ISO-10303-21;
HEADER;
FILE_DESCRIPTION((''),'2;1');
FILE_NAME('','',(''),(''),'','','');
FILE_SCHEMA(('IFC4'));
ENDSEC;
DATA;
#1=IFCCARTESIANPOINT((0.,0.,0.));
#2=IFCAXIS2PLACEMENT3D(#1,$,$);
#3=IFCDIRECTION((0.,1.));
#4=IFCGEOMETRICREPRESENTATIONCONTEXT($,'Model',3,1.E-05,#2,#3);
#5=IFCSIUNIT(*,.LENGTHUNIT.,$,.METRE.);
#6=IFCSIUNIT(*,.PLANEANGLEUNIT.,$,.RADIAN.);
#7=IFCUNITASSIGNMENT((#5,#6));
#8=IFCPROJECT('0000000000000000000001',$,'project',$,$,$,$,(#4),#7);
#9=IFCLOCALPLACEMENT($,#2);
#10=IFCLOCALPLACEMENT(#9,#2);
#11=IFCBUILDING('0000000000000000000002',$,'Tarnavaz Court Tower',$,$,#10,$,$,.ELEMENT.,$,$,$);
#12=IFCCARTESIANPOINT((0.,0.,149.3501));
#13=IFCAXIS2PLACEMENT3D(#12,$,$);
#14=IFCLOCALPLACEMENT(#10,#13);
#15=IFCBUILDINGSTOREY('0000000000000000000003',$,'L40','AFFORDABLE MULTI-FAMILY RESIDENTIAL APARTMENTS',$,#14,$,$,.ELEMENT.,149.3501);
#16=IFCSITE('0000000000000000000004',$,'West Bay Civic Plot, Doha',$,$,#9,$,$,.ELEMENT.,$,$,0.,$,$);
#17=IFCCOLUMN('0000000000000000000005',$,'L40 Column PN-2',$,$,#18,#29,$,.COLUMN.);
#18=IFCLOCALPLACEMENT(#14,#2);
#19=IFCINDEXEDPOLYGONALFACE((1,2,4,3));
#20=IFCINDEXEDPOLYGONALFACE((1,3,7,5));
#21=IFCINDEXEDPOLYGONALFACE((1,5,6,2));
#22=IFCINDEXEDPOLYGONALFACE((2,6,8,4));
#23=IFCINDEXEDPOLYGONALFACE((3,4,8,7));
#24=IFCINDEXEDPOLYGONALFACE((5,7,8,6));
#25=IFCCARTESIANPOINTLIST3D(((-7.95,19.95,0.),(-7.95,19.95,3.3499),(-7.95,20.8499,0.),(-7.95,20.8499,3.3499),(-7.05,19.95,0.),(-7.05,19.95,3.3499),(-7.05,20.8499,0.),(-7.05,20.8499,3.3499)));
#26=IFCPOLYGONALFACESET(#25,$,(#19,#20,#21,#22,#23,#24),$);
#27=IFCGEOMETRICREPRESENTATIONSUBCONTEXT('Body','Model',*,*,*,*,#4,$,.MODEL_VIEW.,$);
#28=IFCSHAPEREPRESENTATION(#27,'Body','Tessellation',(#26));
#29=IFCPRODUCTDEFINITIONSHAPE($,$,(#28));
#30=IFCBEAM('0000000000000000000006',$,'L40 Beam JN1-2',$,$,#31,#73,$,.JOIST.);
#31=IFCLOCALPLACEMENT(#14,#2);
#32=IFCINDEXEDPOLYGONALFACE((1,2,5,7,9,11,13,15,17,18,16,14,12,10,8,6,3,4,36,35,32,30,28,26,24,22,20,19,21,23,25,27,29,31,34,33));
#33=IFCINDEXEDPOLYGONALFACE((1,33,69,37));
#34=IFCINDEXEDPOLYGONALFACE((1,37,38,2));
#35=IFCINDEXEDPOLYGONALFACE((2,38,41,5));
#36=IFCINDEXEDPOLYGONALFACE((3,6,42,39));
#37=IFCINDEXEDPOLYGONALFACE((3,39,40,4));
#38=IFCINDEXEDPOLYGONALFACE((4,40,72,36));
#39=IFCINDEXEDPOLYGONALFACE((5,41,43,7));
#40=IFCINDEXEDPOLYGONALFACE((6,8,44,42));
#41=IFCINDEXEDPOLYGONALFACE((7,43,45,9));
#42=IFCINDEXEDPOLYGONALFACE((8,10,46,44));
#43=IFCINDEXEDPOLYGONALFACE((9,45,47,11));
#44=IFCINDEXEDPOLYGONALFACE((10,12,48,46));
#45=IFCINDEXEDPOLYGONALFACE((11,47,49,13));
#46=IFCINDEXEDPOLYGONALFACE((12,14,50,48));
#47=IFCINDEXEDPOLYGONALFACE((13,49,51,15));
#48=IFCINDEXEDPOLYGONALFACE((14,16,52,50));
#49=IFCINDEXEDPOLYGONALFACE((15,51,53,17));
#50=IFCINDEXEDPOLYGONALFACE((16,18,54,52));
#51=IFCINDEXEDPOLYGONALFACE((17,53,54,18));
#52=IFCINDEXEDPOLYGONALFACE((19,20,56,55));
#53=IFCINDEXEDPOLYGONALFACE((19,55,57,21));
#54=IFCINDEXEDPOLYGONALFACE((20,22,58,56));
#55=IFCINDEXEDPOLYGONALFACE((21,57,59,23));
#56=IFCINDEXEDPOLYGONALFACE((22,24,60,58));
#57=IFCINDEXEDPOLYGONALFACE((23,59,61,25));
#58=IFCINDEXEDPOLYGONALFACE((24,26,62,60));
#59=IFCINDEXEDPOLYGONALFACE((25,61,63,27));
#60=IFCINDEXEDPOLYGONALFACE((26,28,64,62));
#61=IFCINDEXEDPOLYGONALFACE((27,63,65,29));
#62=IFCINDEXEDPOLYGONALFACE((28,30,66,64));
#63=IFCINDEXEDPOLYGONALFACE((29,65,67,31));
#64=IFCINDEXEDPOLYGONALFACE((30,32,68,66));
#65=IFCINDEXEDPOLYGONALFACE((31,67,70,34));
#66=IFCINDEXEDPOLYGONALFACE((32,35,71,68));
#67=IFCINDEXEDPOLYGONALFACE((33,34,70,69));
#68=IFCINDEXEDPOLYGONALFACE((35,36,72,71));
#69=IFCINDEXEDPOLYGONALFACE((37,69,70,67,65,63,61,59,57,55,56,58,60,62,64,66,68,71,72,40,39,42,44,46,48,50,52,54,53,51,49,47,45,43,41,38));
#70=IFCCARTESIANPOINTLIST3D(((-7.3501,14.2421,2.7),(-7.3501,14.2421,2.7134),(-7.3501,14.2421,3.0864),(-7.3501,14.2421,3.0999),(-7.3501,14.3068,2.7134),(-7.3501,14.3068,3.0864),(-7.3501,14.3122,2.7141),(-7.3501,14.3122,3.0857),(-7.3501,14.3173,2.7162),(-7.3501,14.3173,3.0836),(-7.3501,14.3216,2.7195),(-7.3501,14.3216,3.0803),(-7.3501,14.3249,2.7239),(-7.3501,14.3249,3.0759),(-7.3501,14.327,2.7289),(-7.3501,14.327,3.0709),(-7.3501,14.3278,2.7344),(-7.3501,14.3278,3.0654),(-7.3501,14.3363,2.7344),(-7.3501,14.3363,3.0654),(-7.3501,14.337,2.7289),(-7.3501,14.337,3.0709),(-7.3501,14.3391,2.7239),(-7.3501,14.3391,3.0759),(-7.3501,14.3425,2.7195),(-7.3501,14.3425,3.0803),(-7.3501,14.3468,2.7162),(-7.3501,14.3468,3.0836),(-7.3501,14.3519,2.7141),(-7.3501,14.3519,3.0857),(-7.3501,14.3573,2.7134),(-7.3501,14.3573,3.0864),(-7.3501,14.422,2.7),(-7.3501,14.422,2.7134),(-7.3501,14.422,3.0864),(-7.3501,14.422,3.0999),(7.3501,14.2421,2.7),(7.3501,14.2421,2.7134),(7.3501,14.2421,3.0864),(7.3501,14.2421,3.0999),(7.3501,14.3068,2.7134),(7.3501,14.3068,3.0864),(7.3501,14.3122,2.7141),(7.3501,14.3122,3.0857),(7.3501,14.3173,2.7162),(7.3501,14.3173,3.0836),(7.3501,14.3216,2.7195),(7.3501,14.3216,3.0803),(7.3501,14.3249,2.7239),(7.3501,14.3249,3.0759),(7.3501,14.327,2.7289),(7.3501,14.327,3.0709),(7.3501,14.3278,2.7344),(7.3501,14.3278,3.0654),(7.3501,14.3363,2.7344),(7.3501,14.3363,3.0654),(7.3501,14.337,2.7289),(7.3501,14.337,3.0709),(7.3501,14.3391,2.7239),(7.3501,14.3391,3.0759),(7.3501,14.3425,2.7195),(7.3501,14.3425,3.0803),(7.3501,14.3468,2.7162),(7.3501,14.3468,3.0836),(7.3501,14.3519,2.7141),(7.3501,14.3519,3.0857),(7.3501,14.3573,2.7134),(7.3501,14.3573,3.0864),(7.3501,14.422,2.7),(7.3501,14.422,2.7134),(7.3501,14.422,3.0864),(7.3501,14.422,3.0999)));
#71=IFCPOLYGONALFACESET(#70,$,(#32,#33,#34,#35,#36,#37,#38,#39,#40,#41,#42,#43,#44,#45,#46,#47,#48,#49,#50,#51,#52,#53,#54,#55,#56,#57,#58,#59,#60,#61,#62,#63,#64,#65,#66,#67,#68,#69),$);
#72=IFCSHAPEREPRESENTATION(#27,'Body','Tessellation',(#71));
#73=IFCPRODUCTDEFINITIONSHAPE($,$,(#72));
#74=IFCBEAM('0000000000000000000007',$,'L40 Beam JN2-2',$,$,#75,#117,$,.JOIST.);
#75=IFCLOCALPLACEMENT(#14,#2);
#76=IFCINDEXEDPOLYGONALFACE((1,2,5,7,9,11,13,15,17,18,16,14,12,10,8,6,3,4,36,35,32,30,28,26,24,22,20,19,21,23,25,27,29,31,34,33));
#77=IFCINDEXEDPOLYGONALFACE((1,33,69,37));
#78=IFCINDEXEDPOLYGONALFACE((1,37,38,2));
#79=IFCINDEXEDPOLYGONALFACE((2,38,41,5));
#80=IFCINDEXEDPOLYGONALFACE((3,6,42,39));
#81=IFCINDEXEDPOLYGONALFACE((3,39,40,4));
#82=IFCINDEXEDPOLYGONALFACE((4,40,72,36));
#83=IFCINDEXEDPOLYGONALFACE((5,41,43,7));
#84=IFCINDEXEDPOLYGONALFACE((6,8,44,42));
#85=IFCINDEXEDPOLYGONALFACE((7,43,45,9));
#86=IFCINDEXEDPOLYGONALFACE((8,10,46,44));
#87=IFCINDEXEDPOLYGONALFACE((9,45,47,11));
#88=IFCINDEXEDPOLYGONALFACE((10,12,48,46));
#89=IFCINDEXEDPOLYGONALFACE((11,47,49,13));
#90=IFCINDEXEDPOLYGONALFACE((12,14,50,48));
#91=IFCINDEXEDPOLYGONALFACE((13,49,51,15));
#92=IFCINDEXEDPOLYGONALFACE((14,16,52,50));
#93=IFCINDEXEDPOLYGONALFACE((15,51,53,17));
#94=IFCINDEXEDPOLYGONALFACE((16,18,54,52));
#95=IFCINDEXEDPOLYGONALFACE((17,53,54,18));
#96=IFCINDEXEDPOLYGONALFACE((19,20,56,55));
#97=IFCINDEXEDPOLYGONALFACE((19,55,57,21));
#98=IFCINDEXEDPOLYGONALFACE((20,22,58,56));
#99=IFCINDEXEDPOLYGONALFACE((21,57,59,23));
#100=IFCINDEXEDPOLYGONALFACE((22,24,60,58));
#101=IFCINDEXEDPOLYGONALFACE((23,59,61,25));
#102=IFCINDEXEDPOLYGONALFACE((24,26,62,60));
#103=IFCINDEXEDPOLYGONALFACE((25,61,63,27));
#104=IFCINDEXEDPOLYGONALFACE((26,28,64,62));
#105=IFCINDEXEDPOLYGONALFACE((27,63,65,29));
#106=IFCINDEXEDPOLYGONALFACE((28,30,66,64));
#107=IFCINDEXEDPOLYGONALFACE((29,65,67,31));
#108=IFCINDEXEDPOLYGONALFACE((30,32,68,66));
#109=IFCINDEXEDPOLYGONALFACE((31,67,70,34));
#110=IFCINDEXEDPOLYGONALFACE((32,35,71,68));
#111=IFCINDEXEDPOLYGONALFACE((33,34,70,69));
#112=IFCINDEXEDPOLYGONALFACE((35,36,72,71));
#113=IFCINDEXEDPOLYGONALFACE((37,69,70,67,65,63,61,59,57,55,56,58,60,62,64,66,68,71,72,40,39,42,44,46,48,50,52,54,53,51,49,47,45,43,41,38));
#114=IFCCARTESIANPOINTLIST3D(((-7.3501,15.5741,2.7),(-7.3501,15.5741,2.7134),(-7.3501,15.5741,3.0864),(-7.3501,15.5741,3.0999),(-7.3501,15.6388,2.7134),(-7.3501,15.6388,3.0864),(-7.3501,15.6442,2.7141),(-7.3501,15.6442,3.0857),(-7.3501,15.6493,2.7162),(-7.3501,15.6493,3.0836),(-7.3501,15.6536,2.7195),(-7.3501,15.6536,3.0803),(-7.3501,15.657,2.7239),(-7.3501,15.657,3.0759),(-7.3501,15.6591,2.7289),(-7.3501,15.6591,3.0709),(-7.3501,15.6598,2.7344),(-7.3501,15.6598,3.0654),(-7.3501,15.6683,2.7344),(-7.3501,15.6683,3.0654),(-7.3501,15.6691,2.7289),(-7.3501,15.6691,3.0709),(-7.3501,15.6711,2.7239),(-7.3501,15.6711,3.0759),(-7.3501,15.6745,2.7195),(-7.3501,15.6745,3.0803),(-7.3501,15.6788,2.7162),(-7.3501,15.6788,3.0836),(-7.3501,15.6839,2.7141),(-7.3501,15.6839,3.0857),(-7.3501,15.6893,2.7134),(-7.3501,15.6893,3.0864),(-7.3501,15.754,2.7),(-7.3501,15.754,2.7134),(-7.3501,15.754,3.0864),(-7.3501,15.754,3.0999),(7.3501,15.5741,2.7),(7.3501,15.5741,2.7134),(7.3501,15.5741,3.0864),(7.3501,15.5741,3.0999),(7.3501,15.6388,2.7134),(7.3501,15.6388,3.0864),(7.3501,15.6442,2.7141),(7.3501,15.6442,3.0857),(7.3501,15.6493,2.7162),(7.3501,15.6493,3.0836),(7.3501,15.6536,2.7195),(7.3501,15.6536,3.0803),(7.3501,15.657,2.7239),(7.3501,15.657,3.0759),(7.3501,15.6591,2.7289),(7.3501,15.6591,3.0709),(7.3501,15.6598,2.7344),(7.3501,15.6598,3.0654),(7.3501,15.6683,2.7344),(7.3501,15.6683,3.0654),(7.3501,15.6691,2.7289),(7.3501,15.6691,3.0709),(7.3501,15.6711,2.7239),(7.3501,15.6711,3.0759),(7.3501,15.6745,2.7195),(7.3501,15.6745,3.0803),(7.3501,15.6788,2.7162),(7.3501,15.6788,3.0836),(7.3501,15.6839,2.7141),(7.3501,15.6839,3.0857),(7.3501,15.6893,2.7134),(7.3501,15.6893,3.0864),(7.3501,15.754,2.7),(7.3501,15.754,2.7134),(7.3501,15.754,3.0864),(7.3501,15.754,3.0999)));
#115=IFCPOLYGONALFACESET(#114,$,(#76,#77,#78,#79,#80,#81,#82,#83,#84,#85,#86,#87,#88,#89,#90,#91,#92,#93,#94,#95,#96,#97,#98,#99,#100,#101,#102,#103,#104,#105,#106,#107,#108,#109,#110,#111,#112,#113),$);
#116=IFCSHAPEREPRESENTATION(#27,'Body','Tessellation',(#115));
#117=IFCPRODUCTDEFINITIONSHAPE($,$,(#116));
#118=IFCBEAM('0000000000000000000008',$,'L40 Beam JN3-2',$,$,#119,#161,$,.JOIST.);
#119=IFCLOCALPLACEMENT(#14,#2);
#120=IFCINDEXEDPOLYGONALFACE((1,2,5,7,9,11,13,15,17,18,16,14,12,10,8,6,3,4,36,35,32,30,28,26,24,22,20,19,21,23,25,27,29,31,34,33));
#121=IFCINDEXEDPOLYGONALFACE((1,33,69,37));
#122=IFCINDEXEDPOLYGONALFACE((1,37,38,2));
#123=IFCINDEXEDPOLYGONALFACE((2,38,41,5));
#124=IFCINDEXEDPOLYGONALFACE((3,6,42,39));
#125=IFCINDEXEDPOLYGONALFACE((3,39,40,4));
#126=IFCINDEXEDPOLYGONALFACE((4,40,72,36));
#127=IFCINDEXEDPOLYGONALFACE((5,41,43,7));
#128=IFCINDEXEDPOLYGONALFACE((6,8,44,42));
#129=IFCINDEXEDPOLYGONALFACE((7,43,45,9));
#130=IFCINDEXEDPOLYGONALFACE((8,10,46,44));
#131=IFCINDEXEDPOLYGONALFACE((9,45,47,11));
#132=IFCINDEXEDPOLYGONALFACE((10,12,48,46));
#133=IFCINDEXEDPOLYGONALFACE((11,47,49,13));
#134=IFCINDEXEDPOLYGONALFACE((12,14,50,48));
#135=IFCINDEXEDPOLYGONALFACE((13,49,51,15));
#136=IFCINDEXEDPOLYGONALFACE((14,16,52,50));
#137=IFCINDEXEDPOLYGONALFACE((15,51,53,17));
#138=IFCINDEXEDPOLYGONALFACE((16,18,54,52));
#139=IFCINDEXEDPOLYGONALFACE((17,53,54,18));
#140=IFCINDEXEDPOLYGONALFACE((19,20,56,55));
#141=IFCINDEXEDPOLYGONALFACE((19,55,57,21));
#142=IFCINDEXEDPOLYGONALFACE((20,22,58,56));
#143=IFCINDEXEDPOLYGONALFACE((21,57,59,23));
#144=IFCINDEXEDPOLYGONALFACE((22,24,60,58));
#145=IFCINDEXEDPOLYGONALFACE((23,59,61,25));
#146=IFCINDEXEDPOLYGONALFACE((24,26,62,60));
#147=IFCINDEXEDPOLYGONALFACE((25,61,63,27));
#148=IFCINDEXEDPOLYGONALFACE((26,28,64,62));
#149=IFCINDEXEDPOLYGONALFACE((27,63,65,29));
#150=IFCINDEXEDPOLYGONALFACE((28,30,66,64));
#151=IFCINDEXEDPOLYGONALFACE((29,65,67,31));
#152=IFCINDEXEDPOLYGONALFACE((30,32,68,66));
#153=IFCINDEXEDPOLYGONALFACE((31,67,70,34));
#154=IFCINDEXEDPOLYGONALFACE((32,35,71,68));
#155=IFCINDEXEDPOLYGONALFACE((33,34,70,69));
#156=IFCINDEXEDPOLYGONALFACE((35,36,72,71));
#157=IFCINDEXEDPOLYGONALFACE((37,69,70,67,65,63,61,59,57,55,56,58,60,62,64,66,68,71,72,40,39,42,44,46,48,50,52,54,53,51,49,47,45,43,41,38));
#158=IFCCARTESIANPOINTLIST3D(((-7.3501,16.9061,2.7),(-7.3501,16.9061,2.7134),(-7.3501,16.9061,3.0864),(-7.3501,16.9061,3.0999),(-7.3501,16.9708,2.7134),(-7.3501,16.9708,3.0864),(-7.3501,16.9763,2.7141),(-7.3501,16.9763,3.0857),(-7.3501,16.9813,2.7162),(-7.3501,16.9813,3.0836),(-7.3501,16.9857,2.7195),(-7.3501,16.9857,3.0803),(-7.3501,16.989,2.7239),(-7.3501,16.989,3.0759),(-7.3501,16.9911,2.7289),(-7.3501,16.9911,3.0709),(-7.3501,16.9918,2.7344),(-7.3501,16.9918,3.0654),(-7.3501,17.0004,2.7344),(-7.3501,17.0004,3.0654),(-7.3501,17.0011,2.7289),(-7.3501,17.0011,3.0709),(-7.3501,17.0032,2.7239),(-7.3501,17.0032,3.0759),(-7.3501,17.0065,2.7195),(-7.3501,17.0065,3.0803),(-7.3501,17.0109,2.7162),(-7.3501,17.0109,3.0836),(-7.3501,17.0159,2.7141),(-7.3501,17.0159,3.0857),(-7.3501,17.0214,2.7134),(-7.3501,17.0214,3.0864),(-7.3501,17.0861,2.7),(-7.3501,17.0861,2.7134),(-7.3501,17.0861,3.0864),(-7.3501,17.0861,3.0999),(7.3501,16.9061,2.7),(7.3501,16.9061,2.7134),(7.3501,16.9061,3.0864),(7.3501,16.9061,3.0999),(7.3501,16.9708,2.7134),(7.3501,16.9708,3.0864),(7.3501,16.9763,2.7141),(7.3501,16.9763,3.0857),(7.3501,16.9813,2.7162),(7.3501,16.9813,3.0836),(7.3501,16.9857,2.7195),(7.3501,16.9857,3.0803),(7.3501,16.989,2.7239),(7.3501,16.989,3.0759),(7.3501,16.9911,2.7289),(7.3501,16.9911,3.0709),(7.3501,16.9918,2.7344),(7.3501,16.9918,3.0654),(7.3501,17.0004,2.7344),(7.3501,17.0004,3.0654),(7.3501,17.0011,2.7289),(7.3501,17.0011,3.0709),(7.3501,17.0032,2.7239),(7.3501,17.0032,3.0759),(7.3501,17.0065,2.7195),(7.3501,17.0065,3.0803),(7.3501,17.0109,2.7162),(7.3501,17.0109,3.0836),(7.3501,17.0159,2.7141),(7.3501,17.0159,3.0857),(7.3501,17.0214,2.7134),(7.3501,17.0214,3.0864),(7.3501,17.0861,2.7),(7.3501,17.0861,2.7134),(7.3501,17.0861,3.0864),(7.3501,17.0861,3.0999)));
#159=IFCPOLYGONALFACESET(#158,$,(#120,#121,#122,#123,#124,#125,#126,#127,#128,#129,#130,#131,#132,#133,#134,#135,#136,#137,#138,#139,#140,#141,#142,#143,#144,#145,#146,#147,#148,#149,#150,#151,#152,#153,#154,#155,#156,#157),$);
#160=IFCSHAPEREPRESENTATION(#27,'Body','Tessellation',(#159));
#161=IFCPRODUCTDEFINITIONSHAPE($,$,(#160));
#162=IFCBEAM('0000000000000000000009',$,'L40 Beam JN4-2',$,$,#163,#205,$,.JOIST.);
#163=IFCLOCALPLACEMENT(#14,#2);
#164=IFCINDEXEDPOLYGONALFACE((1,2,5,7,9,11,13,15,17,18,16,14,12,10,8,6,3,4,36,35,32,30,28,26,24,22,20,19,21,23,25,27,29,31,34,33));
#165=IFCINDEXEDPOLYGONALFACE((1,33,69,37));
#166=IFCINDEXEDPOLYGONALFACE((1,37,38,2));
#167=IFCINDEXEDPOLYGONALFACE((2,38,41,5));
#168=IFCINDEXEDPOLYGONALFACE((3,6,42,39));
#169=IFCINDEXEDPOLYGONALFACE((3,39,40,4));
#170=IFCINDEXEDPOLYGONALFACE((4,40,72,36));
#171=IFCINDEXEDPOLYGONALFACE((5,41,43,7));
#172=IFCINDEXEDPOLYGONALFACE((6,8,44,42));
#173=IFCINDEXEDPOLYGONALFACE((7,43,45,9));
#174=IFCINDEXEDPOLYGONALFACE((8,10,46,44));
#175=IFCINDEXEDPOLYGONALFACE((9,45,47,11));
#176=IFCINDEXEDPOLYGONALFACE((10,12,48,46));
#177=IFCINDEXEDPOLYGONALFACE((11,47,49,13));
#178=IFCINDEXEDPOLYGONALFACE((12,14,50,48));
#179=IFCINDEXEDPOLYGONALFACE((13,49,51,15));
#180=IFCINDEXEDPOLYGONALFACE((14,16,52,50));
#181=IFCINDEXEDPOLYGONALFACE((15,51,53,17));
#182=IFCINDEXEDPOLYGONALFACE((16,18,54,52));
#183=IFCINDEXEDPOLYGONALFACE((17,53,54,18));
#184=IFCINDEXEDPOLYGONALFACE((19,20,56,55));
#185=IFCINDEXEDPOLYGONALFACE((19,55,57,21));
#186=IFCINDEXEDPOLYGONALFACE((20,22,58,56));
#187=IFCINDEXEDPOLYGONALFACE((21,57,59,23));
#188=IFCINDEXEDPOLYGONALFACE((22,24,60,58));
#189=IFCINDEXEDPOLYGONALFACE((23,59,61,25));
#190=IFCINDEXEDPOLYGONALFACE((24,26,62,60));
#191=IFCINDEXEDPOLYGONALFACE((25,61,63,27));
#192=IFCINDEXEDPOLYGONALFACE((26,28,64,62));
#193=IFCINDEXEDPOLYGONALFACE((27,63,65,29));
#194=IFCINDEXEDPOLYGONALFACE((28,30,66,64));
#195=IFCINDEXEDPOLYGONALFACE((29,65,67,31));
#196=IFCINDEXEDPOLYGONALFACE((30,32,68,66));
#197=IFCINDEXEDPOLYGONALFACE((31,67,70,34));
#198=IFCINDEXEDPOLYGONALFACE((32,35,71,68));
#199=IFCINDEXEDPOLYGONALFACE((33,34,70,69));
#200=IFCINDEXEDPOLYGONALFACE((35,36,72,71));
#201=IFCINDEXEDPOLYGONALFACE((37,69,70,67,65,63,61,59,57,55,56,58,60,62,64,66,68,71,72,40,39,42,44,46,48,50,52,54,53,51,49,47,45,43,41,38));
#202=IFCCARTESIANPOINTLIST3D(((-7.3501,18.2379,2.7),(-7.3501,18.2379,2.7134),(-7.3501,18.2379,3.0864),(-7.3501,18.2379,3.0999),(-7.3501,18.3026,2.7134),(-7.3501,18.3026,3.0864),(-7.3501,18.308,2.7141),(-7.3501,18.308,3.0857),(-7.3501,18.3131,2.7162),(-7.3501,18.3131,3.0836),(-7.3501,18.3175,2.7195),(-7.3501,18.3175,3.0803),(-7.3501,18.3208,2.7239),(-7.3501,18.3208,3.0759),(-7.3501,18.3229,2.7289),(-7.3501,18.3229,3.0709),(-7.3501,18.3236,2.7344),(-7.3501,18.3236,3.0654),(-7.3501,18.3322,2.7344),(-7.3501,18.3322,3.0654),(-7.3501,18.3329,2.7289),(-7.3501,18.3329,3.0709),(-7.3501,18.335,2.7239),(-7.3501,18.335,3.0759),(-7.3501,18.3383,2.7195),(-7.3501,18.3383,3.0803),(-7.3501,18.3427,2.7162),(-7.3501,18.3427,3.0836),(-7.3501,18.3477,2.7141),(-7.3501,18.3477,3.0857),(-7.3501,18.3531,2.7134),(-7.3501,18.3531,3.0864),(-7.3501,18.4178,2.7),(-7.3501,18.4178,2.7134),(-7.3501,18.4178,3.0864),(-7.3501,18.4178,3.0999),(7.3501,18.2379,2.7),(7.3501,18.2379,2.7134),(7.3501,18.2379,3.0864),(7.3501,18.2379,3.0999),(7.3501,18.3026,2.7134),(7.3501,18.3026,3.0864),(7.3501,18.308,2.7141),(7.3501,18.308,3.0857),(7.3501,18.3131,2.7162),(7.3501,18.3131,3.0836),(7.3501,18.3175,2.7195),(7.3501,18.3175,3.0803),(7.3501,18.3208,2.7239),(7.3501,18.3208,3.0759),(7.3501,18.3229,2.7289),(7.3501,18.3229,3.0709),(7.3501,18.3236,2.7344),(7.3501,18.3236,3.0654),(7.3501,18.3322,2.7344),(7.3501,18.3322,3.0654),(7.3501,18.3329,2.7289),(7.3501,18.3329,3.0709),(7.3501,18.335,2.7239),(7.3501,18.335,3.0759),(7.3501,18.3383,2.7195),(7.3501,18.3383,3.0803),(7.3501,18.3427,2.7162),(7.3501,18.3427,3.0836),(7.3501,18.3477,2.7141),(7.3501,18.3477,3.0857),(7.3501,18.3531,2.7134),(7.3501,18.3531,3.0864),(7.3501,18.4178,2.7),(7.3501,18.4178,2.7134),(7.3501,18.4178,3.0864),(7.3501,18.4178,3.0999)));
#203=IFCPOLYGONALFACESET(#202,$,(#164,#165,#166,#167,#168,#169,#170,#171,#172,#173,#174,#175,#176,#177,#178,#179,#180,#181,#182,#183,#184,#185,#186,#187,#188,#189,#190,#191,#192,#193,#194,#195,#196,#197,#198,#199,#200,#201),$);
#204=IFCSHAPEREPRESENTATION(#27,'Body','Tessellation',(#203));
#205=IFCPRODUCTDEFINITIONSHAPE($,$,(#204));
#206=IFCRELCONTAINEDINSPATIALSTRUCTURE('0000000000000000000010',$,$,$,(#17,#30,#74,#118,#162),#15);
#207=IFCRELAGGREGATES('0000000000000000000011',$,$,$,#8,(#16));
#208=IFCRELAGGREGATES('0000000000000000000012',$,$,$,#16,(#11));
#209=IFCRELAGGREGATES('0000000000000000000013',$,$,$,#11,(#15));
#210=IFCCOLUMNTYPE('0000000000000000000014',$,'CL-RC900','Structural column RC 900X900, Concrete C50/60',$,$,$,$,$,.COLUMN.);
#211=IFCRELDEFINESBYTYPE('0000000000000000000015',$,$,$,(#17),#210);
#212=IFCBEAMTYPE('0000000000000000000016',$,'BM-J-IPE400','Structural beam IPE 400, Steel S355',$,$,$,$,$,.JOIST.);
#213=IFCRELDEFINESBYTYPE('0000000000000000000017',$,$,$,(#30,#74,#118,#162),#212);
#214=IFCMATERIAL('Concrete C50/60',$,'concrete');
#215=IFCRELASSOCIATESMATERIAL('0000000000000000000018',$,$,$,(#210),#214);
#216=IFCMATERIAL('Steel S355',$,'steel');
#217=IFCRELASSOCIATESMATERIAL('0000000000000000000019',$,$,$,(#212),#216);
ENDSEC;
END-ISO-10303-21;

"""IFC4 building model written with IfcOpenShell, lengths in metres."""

from ifc_helpers import new_model, si_unit, direction, frame, origin, origin_2d, place, context, subcontext, project, spatial, rectangle, i_section, extrude, material, material_profile, profile_set, type_object, element, save


model = new_model("IFC4")

# Units and contexts
model_context = context("Model", 3, precision=1e-05, world=origin(), true_north=direction((0.0, 1.0)))
body_context = subcontext(model_context, "Body", "Model", "MODEL_VIEW")
ifc_project = project(units=[si_unit("LENGTHUNIT", "METRE"), si_unit("PLANEANGLEUNIT", "RADIAN")], contexts=[model_context])

# Site, building, storey
site_placement = place(None, origin())
site = spatial("IfcSite", under=ifc_project, at=site_placement, Name="West Bay Civic Plot, Doha", CompositionType="ELEMENT", RefElevation=0.0)
building_placement = place(site_placement, origin())
building = spatial("IfcBuilding", under=site, at=building_placement, Name="Tarnavaz Court Tower", CompositionType="ELEMENT")
storey_placement = place(building_placement, frame((0.0, 0.0, 149.3501)))
storey = spatial("IfcBuildingStorey", under=building, at=storey_placement, Name="L40", Description="AFFORDABLE MULTI-FAMILY RESIDENTIAL APARTMENTS", CompositionType="ELEMENT", Elevation=149.3501)

# Column
ifc_material_1 = material(Name="Concrete C50/60", Category="concrete")
ifc_material_profile_1 = material_profile(ifc_material_1, rectangle(XDim=0.8999, YDim=0.8999, at=origin_2d()), Name="RC 900X900")
ifc_profile_set_1 = profile_set([ifc_material_profile_1], Name="Concrete C50/60")
column_type = type_object("IfcColumnType", Name="CL-RC900", Description="Structural column RC 900X900, Concrete C50/60", PredefinedType="COLUMN", material=ifc_profile_set_1)
column_placement = place(storey_placement, frame((-7.5, 20.3999, 0.0), z_axis=(0.0, 0.0, 1.0), x_axis=(1.0, 0.0, 0.0)))
element("IfcColumn", 1, at=column_placement, inside=storey, type_object=column_type, Name="L40 Column PN-2", PredefinedType="COLUMN", context=body_context, shape_type="SweptSolid", body=[
    extrude(rectangle(XDim=0.8999, YDim=0.8999, at=origin_2d()), origin(), (0.0, 0.0, 1.0), 3.3499),
])

# Beams
ifc_material_2 = material(Name="Steel S355", Category="steel")
ifc_material_profile_2 = material_profile(ifc_material_2, i_section(OverallWidth=0.1799, OverallDepth=0.3999, WebThickness=0.0085, FlangeThickness=0.0134, FilletRadius=0.021, at=origin_2d()), Name="IPE 400")
ifc_profile_set_2 = profile_set([ifc_material_profile_2], Name="Steel S355")
beam_type_1 = type_object("IfcBeamType", Name="BM-J-IPE400", Description="Structural beam IPE 400, Steel S355", PredefinedType="JOIST", material=ifc_profile_set_2)
for number, where, z_axis, x_axis, name in (
    (2, (-7.3501, 14.332, 2.8999), (1.0, 0.0, 0.0), (0.0, 1.0, 0.0), "L40 Beam JN1-2"),
    (3, (-7.3501, 15.6641, 2.8999), (1.0, 0.0, 0.0), (0.0, 1.0, 0.0), "L40 Beam JN2-2"),
    (4, (-7.3501, 16.9961, 2.8999), (1.0, 0.0, 0.0), (0.0, 1.0, 0.0), "L40 Beam JN3-2"),
    (5, (-7.3501, 18.3279, 2.8999), (1.0, 0.0, 0.0), (0.0, 1.0, 0.0), "L40 Beam JN4-2"),
):
    element("IfcBeam", number, at=place(storey_placement, frame(where, z_axis=z_axis, x_axis=x_axis)), inside=storey, type_object=beam_type_1, Name=name, PredefinedType="JOIST", context=body_context, shape_type="SweptSolid", body=[
        extrude(i_section(OverallWidth=0.1799, OverallDepth=0.3999, WebThickness=0.0085, FlangeThickness=0.0134, FilletRadius=0.021, at=origin_2d()), origin(), (0.0, 0.0, 1.0), 14.7002),
    ])

save(model, "model.ifc")
